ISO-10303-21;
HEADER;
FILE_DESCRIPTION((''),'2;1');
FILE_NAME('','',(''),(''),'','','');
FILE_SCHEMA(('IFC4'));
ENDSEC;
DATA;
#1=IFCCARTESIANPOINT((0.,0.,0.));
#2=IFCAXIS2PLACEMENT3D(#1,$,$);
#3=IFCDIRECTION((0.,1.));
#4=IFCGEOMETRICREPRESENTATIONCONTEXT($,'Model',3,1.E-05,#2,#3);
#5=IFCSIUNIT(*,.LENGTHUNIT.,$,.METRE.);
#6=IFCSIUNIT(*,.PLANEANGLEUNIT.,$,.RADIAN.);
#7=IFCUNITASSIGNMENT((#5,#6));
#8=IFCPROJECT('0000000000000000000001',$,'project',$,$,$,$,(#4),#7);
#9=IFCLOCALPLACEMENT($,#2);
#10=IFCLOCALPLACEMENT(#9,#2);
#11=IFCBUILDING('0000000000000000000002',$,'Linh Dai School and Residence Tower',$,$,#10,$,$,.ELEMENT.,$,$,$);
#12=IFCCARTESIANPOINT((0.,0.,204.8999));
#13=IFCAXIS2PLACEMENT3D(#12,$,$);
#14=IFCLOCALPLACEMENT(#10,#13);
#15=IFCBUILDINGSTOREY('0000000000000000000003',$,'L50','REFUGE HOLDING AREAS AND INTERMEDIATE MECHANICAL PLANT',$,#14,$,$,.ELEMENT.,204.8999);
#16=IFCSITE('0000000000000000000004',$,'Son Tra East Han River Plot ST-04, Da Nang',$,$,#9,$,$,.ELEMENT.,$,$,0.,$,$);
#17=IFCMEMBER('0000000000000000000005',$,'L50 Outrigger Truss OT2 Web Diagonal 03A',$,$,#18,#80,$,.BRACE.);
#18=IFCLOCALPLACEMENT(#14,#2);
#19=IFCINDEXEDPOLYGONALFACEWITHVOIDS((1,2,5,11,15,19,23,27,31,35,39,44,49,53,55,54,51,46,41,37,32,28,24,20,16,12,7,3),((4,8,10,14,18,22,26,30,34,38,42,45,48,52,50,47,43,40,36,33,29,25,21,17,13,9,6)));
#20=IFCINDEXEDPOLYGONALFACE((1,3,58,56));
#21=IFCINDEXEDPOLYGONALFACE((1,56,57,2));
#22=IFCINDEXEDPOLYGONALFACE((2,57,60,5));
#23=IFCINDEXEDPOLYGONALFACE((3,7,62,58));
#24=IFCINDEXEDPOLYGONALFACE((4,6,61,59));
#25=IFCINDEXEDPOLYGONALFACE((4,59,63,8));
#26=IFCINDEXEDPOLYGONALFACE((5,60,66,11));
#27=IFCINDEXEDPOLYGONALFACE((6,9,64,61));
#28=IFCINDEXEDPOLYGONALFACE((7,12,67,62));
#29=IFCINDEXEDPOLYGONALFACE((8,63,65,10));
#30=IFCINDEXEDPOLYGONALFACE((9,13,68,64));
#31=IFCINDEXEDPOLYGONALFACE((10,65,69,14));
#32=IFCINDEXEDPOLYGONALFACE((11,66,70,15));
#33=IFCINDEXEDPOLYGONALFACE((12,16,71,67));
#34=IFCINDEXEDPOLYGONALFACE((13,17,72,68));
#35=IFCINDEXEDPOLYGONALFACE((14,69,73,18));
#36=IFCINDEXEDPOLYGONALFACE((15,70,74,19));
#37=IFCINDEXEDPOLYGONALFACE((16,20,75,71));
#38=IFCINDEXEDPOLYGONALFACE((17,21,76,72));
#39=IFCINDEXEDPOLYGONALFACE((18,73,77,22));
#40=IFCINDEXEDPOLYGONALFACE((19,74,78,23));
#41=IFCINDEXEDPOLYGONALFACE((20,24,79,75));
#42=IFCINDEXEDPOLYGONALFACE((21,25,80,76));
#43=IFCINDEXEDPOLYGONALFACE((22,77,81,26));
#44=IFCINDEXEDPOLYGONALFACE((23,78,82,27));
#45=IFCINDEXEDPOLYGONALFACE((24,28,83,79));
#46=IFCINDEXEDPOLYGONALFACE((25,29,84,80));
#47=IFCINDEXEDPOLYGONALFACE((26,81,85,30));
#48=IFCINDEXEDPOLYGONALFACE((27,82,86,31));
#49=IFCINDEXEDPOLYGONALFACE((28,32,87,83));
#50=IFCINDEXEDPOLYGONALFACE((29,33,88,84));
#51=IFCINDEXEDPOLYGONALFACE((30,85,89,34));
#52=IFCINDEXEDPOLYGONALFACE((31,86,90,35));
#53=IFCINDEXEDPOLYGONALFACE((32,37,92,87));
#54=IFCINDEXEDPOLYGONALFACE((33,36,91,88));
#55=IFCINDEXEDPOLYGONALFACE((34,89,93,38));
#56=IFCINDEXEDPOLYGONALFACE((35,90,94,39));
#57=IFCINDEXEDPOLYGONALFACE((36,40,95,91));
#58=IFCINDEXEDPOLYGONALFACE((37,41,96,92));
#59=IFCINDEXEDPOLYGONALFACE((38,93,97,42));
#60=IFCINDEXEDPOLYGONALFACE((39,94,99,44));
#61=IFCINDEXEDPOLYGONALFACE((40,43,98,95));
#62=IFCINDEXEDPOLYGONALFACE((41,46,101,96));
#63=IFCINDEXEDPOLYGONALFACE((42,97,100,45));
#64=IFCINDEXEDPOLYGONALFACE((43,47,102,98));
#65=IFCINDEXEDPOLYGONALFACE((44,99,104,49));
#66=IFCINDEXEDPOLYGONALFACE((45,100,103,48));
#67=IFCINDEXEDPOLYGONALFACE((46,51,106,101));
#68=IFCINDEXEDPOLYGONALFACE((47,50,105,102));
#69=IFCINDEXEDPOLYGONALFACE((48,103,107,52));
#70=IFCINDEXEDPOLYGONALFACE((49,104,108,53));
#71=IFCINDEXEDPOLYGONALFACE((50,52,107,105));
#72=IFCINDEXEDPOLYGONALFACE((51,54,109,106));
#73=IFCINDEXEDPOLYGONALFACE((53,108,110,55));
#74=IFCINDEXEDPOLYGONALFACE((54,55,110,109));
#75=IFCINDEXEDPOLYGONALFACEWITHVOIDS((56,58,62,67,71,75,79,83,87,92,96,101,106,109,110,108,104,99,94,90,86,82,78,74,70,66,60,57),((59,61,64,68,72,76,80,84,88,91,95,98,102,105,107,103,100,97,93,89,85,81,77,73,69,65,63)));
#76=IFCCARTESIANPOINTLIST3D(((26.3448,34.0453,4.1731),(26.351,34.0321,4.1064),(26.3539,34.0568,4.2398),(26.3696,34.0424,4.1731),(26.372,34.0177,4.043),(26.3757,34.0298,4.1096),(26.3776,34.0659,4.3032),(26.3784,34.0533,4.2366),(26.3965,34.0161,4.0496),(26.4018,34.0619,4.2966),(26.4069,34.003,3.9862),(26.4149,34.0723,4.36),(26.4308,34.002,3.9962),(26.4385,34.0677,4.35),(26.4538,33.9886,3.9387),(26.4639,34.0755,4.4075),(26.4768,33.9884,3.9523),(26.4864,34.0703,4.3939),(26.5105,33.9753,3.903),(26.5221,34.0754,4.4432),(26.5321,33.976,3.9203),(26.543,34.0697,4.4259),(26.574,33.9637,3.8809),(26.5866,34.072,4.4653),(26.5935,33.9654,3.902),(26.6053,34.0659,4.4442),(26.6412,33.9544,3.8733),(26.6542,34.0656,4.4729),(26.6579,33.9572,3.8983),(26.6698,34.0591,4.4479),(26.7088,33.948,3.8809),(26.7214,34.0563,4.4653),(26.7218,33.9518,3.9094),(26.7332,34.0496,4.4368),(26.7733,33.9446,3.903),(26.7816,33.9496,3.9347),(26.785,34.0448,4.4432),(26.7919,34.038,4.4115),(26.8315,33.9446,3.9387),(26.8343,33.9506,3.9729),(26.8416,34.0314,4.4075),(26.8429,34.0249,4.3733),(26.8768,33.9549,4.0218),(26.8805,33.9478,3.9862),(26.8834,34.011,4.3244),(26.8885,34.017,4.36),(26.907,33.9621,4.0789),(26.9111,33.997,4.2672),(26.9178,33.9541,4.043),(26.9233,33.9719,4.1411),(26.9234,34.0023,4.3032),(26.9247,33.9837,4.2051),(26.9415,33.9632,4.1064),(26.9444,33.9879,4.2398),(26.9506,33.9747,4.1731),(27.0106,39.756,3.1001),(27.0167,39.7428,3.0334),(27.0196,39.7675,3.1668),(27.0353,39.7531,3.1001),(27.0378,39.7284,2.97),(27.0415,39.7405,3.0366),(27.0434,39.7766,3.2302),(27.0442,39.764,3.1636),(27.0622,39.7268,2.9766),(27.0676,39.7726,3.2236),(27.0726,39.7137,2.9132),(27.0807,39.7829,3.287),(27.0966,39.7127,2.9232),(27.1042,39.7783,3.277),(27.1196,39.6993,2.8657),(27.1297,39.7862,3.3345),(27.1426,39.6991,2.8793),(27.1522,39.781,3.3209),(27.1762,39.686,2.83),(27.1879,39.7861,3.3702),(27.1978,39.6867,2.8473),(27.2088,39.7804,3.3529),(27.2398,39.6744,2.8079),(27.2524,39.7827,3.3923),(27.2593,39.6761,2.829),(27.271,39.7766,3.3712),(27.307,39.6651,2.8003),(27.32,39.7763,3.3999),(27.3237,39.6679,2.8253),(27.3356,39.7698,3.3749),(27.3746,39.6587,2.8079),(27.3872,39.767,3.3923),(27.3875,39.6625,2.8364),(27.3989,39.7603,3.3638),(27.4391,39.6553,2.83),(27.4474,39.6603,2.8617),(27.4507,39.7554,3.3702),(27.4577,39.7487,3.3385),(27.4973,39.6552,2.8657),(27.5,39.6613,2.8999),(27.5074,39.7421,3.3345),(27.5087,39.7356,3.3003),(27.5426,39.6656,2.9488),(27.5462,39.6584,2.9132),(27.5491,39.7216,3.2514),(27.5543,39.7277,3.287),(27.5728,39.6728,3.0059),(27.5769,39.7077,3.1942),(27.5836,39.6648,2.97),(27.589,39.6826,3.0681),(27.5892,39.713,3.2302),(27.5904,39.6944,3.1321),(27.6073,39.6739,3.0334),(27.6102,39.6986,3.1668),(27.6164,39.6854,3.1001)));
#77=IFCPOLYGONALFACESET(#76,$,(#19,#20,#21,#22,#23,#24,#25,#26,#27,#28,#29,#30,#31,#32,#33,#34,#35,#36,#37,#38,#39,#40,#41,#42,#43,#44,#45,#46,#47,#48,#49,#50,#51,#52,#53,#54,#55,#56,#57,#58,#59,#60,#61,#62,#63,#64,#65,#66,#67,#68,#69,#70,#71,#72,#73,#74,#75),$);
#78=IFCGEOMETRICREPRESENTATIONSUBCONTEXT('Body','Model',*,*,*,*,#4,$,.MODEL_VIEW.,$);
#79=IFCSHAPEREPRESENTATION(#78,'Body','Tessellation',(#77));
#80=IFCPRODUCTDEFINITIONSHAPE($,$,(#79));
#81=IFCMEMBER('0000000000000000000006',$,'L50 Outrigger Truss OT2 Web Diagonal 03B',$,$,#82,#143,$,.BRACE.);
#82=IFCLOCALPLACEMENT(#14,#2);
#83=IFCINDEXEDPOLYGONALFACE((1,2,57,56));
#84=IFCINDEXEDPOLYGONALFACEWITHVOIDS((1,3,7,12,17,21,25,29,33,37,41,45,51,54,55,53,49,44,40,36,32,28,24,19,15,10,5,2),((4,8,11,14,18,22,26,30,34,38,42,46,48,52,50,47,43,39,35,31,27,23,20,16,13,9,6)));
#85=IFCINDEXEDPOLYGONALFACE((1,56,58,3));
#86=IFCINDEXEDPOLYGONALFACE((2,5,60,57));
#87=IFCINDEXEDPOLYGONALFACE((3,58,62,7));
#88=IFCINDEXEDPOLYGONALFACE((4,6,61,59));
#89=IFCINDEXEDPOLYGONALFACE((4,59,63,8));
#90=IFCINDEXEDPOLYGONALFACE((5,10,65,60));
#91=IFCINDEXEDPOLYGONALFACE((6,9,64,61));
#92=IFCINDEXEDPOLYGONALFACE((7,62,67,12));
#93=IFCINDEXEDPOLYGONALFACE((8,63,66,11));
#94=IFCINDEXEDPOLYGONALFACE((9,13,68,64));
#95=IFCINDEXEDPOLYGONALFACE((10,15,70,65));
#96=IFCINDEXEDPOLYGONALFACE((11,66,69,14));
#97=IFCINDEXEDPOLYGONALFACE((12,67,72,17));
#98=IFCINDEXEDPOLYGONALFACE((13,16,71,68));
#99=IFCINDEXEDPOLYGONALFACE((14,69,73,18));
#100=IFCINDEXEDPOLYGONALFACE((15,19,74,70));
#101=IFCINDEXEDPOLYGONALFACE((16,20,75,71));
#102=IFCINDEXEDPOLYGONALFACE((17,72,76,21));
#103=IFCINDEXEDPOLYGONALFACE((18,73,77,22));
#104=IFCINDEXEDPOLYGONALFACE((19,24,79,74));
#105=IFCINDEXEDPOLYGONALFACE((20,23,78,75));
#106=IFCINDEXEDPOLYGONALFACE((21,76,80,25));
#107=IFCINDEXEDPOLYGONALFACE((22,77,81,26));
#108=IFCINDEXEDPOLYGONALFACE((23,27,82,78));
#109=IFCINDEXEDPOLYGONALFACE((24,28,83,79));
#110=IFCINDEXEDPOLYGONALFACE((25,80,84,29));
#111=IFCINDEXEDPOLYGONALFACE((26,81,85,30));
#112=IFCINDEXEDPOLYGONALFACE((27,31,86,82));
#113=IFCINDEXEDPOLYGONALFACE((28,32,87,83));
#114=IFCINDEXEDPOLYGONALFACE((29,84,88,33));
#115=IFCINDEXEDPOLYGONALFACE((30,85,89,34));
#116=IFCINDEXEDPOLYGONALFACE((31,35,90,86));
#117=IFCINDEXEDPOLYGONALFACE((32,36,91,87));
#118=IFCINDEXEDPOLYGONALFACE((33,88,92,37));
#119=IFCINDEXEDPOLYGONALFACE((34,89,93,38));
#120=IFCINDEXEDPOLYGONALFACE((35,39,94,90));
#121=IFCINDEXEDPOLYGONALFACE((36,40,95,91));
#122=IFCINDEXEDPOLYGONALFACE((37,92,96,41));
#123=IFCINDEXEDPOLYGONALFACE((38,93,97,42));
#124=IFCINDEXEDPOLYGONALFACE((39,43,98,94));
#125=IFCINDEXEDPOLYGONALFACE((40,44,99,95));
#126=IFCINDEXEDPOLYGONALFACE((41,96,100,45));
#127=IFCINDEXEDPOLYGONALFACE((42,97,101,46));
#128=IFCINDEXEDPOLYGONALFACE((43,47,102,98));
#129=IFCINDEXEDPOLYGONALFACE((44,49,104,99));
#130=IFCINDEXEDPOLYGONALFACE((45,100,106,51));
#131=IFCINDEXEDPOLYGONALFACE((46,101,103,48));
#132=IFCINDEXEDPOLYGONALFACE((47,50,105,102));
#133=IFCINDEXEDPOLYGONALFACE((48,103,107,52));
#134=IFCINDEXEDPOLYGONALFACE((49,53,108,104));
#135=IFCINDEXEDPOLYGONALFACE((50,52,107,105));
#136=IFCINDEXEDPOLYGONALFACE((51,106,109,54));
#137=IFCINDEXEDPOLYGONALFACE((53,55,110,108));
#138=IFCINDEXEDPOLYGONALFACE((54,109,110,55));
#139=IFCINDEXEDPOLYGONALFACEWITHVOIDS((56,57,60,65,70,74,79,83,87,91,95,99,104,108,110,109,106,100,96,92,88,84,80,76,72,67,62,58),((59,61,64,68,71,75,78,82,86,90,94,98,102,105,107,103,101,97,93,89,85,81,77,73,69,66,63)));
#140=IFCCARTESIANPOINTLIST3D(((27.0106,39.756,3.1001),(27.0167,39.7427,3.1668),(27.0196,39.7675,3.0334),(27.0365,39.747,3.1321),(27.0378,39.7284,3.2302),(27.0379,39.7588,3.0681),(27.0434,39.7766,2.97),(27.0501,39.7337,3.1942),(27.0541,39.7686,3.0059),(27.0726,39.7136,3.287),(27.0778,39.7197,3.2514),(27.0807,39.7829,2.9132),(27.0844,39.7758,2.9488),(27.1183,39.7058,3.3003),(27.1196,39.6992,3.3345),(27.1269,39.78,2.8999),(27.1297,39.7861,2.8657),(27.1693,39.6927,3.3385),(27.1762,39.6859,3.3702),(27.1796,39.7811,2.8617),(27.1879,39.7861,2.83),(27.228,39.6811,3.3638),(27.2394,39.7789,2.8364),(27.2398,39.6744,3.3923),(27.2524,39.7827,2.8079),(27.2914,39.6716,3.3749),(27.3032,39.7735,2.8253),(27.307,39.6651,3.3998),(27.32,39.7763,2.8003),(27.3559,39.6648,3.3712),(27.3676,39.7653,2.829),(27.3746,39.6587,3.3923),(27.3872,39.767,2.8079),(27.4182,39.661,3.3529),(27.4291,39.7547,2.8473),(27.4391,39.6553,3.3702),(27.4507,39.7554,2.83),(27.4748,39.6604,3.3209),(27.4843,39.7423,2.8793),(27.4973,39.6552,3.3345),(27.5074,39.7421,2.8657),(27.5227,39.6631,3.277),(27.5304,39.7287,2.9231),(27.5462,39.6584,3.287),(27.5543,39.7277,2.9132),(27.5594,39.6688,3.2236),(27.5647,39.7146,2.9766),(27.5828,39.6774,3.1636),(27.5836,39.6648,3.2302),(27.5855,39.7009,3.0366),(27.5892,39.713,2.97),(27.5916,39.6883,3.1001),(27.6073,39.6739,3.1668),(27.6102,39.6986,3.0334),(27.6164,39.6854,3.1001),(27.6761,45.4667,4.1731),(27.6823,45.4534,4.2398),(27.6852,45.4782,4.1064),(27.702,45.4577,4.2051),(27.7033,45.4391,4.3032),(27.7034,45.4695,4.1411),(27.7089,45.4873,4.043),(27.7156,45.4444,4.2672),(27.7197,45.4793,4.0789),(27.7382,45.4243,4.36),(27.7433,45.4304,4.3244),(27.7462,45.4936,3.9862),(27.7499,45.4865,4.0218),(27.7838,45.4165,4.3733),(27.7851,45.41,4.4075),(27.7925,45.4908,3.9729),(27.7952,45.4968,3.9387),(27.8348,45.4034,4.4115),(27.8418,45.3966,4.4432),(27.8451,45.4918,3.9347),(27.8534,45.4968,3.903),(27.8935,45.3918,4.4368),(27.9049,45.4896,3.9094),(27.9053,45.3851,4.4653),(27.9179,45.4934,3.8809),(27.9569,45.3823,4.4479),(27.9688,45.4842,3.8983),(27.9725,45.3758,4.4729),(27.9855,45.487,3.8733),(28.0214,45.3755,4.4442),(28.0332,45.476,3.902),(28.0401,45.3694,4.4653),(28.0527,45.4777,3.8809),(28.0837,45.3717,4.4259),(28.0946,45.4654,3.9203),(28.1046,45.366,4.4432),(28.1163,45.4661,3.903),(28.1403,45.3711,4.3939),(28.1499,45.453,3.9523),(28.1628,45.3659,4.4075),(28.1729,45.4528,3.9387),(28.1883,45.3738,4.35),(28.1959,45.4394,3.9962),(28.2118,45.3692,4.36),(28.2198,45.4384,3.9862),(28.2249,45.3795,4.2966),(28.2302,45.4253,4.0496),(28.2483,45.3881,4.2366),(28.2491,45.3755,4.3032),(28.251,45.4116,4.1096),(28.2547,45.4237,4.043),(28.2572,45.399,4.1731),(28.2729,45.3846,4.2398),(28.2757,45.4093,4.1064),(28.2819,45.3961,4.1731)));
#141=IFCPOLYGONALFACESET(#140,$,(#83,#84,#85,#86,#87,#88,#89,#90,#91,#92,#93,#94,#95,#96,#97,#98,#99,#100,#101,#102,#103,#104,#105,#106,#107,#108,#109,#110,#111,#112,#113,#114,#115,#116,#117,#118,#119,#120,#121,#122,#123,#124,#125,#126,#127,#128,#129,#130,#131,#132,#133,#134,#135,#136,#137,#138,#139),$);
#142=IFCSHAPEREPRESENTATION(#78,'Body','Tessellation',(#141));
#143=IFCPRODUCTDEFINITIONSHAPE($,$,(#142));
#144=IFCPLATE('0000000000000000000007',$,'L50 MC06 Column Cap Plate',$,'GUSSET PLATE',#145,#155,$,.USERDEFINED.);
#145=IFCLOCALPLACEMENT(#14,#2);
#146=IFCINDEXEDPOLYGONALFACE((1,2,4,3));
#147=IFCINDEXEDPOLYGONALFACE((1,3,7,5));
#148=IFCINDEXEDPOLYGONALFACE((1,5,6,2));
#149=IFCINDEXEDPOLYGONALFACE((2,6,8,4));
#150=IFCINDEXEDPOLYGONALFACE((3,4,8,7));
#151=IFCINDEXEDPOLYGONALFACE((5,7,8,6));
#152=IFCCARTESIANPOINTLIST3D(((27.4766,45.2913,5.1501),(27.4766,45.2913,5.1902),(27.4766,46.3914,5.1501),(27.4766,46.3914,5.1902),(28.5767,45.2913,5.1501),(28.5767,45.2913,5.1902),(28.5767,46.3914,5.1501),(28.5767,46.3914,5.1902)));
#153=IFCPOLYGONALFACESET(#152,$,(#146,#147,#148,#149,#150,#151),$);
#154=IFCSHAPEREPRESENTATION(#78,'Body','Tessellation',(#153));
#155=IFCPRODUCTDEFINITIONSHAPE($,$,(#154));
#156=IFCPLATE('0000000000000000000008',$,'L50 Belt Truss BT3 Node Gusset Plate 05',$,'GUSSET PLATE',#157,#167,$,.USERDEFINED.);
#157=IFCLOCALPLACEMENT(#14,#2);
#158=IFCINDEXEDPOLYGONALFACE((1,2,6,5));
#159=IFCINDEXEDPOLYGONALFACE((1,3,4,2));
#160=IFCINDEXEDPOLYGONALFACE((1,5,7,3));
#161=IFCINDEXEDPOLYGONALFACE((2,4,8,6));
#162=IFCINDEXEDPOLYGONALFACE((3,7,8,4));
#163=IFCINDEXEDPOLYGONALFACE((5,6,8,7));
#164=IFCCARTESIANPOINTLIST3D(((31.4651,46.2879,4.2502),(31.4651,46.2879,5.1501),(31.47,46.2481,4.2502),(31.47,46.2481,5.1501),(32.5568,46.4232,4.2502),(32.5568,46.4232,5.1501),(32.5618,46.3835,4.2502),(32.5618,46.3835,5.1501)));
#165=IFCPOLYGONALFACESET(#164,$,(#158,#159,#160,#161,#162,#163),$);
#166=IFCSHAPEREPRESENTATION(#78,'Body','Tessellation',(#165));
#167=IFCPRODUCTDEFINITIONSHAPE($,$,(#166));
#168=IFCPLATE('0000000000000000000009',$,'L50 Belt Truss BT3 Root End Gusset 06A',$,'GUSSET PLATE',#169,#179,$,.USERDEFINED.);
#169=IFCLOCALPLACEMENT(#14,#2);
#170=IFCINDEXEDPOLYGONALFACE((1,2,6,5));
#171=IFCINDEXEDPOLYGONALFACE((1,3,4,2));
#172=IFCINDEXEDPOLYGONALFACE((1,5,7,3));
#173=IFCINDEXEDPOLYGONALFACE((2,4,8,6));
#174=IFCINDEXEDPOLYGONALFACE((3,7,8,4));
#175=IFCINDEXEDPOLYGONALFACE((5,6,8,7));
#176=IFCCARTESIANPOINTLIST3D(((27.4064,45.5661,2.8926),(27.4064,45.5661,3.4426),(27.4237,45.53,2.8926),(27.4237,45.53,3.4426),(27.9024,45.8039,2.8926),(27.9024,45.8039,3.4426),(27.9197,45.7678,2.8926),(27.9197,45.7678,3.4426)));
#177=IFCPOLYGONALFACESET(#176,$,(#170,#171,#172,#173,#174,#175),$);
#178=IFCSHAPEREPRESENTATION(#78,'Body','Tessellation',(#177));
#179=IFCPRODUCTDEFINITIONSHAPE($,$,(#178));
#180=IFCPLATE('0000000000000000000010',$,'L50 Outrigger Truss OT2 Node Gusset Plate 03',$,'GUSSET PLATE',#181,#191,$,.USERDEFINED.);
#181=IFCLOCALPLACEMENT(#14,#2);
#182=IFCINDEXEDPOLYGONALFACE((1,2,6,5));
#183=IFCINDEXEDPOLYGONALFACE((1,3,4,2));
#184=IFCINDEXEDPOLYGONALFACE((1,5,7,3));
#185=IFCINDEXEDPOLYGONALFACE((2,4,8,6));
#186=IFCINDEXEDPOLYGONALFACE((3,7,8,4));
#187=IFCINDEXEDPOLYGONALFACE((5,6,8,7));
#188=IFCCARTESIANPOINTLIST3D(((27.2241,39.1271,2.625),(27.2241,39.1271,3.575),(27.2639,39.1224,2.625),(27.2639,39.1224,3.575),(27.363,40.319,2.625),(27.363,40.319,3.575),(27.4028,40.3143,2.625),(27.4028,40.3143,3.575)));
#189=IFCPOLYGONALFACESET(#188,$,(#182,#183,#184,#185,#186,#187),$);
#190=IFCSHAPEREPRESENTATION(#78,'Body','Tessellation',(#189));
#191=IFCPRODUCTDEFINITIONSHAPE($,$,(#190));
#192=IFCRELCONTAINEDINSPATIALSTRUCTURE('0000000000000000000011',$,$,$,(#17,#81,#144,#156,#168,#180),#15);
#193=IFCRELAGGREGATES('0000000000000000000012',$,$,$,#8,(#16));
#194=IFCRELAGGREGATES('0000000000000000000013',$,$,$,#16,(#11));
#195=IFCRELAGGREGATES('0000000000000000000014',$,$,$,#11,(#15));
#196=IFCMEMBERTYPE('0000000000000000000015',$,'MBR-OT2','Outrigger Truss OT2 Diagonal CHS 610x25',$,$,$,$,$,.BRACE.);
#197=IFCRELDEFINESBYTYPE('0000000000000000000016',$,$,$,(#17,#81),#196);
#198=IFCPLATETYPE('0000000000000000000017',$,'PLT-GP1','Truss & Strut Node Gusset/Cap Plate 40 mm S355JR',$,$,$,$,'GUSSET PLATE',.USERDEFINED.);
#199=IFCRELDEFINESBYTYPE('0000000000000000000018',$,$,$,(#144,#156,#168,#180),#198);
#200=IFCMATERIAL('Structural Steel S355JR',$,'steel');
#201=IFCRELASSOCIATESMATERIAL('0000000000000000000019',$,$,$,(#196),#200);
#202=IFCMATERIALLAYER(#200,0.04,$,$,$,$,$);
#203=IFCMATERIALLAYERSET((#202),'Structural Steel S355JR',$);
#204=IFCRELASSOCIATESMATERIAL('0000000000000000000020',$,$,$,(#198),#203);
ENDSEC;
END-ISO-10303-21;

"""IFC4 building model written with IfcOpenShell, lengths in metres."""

from ifc_helpers import new_model, si_unit, direction, frame, origin, origin_2d, place, context, subcontext, project, spatial, rectangle, hollow_circle, extrude, source, transform, mapped, material, layer, layer_set, material_profile, profile_set, type_object, element, save


model = new_model("IFC4")

# Units and contexts
model_context = context("Model", 3, precision=1e-05, world=origin(), true_north=direction((0.0, 1.0)))
body_context = subcontext(model_context, "Body", "Model", "MODEL_VIEW")
ifc_project = project(units=[si_unit("LENGTHUNIT", "METRE"), si_unit("PLANEANGLEUNIT", "RADIAN")], contexts=[model_context])

# Site, building, storey
site_placement = place(None, origin())
site = spatial("IfcSite", under=ifc_project, at=site_placement, Name="Son Tra East Han River Plot ST-04, Da Nang", CompositionType="ELEMENT", RefElevation=0.0)
building_placement = place(site_placement, origin())
building = spatial("IfcBuilding", under=site, at=building_placement, Name="Linh Dai School and Residence Tower", CompositionType="ELEMENT")
storey_placement = place(building_placement, frame((0.0, 0.0, 204.8999)))
storey = spatial("IfcBuildingStorey", under=building, at=storey_placement, Name="L50", Description="REFUGE HOLDING AREAS AND INTERMEDIATE MECHANICAL PLANT", CompositionType="ELEMENT", Elevation=204.8999)

# Shared definitions
ifc_material_1 = material(Name="Structural Steel S355JR", Category="steel")

# Members
ifc_material_profile_1 = material_profile(ifc_material_1, hollow_circle(Radius=0.3049, WallThickness=0.0249, at=origin_2d()), Name="CHS 610x25")
ifc_profile_set_1 = profile_set([ifc_material_profile_1], Name="Structural Steel S355JR")
member_type_1 = type_object("IfcMemberType", Name="MBR-OT2", Description="Outrigger Truss OT2 Diagonal CHS 610x25", PredefinedType="BRACE", material=ifc_profile_set_1)
for number, where, z_axis, x_axis, name in (
    (1, (26.6477, 34.01, 4.1731), (0.113834, 0.976414, -0.183461), (-0.993273, 0.115799, 0.0), "L50 Outrigger Truss OT2 Web Diagonal 03A"),
    (2, (27.979, 45.4314, 4.1731), (-0.113792, -0.976418, -0.183462), (0.993278, -0.115757, 0.0), "L50 Outrigger Truss OT2 Web Diagonal 03B"),
):
    element("IfcMember", number, at=place(storey_placement, frame(where, z_axis=z_axis, x_axis=x_axis)), inside=storey, type_object=member_type_1, Name=name, PredefinedType="BRACE", context=body_context, shape_type="SweptSolid", body=[
        extrude(hollow_circle(Radius=0.3049, WallThickness=0.0249, at=origin_2d()), origin(), (0.0, 0.0, 1.0), 5.8486),
    ])

# Plates
ifc_layer_1 = layer(ifc_material_1, 0.04)
ifc_layer_set_1 = layer_set([ifc_layer_1], Name="Structural Steel S355JR")
plate_type = type_object("IfcPlateType", Name="PLT-GP1", Description="Truss & Strut Node Gusset/Cap Plate 40 mm S355JR", ElementType="GUSSET PLATE", PredefinedType="USERDEFINED", material=ifc_layer_set_1)
shared_shape_1 = source(origin(), body_context, "Body", "SweptSolid", [
    extrude(rectangle(XDim=1.1001, YDim=1.1001, at=origin_2d()), origin(), (0.0, 0.0, 1.0), 0.04),
])
plate_1_placement = place(storey_placement, frame((28.0266, 45.8413, 5.1501), z_axis=(0.0, 0.0, 1.0), x_axis=(1.0, 0.0, 0.0)))
element("IfcPlate", 3, at=plate_1_placement, inside=storey, type_object=plate_type, Name="L50 MC06 Column Cap Plate", ObjectType="GUSSET PLATE", PredefinedType="USERDEFINED", context=body_context, shape_type="MappedRepresentation", body=[
    mapped(shared_shape_1, transform((0.0, 0.0, 0.0), x_axis=(1.0, 0.0, 0.0), y_axis=(0.0, 1.0, 0.0), z_axis=(0.0, 0.0, 1.0), scale=1.0)),
])
shared_shape_2 = source(origin(), body_context, "Body", "SweptSolid", [
    extrude(rectangle(XDim=1.1001, YDim=0.04, at=origin_2d()), origin(), (0.0, 0.0, 1.0), 0.8999),
])
plate_2_placement = place(storey_placement, frame((32.0134, 46.3357, 4.2502), z_axis=(0.0, 0.0, 1.0), x_axis=(-0.992401, -0.123049, 0.0)))
element("IfcPlate", 4, at=plate_2_placement, inside=storey, type_object=plate_type, Name="L50 Belt Truss BT3 Node Gusset Plate 05", ObjectType="GUSSET PLATE", PredefinedType="USERDEFINED", context=body_context, shape_type="MappedRepresentation", body=[
    mapped(shared_shape_2, transform((0.0, 0.0, 0.0), x_axis=(1.0, 0.0, 0.0), y_axis=(0.0, 1.0, 0.0), z_axis=(0.0, 0.0, 1.0), scale=1.0)),
])
shared_shape_3 = source(origin(), body_context, "Body", "SweptSolid", [
    extrude(rectangle(XDim=0.55, YDim=0.04, at=origin_2d()), origin(), (0.0, 0.0, 1.0), 0.55),
])
plate_3_placement = place(storey_placement, frame((27.6631, 45.667, 2.8926), z_axis=(0.0, 0.0, 1.0), x_axis=(-0.901714, -0.432333, 0.0)))
element("IfcPlate", 5, at=plate_3_placement, inside=storey, type_object=plate_type, Name="L50 Belt Truss BT3 Root End Gusset 06A", ObjectType="GUSSET PLATE", PredefinedType="USERDEFINED", context=body_context, shape_type="MappedRepresentation", body=[
    mapped(shared_shape_3, transform((0.0, 0.0, 0.0), x_axis=(1.0, 0.0, 0.0), y_axis=(0.0, 1.0, 0.0), z_axis=(0.0, 0.0, 1.0), scale=1.0)),
])
shared_shape_4 = source(origin(), body_context, "Body", "SweptSolid", [
    extrude(rectangle(XDim=1.2, YDim=0.04, at=origin_2d()), origin(), (0.0, 0.0, 1.0), 0.95),
])
plate_4_placement = place(storey_placement, frame((27.3135, 39.7207, 2.625), z_axis=(0.0, 0.0, 1.0), x_axis=(0.115766, 0.993277, 0.0)))
element("IfcPlate", 6, at=plate_4_placement, inside=storey, type_object=plate_type, Name="L50 Outrigger Truss OT2 Node Gusset Plate 03", ObjectType="GUSSET PLATE", PredefinedType="USERDEFINED", context=body_context, shape_type="MappedRepresentation", body=[
    mapped(shared_shape_4, transform((0.0, 0.0, 0.0), x_axis=(1.0, 0.0, 0.0), y_axis=(0.0, 1.0, 0.0), z_axis=(0.0, 0.0, 1.0), scale=1.0)),
])

save(model, "model.ifc")
